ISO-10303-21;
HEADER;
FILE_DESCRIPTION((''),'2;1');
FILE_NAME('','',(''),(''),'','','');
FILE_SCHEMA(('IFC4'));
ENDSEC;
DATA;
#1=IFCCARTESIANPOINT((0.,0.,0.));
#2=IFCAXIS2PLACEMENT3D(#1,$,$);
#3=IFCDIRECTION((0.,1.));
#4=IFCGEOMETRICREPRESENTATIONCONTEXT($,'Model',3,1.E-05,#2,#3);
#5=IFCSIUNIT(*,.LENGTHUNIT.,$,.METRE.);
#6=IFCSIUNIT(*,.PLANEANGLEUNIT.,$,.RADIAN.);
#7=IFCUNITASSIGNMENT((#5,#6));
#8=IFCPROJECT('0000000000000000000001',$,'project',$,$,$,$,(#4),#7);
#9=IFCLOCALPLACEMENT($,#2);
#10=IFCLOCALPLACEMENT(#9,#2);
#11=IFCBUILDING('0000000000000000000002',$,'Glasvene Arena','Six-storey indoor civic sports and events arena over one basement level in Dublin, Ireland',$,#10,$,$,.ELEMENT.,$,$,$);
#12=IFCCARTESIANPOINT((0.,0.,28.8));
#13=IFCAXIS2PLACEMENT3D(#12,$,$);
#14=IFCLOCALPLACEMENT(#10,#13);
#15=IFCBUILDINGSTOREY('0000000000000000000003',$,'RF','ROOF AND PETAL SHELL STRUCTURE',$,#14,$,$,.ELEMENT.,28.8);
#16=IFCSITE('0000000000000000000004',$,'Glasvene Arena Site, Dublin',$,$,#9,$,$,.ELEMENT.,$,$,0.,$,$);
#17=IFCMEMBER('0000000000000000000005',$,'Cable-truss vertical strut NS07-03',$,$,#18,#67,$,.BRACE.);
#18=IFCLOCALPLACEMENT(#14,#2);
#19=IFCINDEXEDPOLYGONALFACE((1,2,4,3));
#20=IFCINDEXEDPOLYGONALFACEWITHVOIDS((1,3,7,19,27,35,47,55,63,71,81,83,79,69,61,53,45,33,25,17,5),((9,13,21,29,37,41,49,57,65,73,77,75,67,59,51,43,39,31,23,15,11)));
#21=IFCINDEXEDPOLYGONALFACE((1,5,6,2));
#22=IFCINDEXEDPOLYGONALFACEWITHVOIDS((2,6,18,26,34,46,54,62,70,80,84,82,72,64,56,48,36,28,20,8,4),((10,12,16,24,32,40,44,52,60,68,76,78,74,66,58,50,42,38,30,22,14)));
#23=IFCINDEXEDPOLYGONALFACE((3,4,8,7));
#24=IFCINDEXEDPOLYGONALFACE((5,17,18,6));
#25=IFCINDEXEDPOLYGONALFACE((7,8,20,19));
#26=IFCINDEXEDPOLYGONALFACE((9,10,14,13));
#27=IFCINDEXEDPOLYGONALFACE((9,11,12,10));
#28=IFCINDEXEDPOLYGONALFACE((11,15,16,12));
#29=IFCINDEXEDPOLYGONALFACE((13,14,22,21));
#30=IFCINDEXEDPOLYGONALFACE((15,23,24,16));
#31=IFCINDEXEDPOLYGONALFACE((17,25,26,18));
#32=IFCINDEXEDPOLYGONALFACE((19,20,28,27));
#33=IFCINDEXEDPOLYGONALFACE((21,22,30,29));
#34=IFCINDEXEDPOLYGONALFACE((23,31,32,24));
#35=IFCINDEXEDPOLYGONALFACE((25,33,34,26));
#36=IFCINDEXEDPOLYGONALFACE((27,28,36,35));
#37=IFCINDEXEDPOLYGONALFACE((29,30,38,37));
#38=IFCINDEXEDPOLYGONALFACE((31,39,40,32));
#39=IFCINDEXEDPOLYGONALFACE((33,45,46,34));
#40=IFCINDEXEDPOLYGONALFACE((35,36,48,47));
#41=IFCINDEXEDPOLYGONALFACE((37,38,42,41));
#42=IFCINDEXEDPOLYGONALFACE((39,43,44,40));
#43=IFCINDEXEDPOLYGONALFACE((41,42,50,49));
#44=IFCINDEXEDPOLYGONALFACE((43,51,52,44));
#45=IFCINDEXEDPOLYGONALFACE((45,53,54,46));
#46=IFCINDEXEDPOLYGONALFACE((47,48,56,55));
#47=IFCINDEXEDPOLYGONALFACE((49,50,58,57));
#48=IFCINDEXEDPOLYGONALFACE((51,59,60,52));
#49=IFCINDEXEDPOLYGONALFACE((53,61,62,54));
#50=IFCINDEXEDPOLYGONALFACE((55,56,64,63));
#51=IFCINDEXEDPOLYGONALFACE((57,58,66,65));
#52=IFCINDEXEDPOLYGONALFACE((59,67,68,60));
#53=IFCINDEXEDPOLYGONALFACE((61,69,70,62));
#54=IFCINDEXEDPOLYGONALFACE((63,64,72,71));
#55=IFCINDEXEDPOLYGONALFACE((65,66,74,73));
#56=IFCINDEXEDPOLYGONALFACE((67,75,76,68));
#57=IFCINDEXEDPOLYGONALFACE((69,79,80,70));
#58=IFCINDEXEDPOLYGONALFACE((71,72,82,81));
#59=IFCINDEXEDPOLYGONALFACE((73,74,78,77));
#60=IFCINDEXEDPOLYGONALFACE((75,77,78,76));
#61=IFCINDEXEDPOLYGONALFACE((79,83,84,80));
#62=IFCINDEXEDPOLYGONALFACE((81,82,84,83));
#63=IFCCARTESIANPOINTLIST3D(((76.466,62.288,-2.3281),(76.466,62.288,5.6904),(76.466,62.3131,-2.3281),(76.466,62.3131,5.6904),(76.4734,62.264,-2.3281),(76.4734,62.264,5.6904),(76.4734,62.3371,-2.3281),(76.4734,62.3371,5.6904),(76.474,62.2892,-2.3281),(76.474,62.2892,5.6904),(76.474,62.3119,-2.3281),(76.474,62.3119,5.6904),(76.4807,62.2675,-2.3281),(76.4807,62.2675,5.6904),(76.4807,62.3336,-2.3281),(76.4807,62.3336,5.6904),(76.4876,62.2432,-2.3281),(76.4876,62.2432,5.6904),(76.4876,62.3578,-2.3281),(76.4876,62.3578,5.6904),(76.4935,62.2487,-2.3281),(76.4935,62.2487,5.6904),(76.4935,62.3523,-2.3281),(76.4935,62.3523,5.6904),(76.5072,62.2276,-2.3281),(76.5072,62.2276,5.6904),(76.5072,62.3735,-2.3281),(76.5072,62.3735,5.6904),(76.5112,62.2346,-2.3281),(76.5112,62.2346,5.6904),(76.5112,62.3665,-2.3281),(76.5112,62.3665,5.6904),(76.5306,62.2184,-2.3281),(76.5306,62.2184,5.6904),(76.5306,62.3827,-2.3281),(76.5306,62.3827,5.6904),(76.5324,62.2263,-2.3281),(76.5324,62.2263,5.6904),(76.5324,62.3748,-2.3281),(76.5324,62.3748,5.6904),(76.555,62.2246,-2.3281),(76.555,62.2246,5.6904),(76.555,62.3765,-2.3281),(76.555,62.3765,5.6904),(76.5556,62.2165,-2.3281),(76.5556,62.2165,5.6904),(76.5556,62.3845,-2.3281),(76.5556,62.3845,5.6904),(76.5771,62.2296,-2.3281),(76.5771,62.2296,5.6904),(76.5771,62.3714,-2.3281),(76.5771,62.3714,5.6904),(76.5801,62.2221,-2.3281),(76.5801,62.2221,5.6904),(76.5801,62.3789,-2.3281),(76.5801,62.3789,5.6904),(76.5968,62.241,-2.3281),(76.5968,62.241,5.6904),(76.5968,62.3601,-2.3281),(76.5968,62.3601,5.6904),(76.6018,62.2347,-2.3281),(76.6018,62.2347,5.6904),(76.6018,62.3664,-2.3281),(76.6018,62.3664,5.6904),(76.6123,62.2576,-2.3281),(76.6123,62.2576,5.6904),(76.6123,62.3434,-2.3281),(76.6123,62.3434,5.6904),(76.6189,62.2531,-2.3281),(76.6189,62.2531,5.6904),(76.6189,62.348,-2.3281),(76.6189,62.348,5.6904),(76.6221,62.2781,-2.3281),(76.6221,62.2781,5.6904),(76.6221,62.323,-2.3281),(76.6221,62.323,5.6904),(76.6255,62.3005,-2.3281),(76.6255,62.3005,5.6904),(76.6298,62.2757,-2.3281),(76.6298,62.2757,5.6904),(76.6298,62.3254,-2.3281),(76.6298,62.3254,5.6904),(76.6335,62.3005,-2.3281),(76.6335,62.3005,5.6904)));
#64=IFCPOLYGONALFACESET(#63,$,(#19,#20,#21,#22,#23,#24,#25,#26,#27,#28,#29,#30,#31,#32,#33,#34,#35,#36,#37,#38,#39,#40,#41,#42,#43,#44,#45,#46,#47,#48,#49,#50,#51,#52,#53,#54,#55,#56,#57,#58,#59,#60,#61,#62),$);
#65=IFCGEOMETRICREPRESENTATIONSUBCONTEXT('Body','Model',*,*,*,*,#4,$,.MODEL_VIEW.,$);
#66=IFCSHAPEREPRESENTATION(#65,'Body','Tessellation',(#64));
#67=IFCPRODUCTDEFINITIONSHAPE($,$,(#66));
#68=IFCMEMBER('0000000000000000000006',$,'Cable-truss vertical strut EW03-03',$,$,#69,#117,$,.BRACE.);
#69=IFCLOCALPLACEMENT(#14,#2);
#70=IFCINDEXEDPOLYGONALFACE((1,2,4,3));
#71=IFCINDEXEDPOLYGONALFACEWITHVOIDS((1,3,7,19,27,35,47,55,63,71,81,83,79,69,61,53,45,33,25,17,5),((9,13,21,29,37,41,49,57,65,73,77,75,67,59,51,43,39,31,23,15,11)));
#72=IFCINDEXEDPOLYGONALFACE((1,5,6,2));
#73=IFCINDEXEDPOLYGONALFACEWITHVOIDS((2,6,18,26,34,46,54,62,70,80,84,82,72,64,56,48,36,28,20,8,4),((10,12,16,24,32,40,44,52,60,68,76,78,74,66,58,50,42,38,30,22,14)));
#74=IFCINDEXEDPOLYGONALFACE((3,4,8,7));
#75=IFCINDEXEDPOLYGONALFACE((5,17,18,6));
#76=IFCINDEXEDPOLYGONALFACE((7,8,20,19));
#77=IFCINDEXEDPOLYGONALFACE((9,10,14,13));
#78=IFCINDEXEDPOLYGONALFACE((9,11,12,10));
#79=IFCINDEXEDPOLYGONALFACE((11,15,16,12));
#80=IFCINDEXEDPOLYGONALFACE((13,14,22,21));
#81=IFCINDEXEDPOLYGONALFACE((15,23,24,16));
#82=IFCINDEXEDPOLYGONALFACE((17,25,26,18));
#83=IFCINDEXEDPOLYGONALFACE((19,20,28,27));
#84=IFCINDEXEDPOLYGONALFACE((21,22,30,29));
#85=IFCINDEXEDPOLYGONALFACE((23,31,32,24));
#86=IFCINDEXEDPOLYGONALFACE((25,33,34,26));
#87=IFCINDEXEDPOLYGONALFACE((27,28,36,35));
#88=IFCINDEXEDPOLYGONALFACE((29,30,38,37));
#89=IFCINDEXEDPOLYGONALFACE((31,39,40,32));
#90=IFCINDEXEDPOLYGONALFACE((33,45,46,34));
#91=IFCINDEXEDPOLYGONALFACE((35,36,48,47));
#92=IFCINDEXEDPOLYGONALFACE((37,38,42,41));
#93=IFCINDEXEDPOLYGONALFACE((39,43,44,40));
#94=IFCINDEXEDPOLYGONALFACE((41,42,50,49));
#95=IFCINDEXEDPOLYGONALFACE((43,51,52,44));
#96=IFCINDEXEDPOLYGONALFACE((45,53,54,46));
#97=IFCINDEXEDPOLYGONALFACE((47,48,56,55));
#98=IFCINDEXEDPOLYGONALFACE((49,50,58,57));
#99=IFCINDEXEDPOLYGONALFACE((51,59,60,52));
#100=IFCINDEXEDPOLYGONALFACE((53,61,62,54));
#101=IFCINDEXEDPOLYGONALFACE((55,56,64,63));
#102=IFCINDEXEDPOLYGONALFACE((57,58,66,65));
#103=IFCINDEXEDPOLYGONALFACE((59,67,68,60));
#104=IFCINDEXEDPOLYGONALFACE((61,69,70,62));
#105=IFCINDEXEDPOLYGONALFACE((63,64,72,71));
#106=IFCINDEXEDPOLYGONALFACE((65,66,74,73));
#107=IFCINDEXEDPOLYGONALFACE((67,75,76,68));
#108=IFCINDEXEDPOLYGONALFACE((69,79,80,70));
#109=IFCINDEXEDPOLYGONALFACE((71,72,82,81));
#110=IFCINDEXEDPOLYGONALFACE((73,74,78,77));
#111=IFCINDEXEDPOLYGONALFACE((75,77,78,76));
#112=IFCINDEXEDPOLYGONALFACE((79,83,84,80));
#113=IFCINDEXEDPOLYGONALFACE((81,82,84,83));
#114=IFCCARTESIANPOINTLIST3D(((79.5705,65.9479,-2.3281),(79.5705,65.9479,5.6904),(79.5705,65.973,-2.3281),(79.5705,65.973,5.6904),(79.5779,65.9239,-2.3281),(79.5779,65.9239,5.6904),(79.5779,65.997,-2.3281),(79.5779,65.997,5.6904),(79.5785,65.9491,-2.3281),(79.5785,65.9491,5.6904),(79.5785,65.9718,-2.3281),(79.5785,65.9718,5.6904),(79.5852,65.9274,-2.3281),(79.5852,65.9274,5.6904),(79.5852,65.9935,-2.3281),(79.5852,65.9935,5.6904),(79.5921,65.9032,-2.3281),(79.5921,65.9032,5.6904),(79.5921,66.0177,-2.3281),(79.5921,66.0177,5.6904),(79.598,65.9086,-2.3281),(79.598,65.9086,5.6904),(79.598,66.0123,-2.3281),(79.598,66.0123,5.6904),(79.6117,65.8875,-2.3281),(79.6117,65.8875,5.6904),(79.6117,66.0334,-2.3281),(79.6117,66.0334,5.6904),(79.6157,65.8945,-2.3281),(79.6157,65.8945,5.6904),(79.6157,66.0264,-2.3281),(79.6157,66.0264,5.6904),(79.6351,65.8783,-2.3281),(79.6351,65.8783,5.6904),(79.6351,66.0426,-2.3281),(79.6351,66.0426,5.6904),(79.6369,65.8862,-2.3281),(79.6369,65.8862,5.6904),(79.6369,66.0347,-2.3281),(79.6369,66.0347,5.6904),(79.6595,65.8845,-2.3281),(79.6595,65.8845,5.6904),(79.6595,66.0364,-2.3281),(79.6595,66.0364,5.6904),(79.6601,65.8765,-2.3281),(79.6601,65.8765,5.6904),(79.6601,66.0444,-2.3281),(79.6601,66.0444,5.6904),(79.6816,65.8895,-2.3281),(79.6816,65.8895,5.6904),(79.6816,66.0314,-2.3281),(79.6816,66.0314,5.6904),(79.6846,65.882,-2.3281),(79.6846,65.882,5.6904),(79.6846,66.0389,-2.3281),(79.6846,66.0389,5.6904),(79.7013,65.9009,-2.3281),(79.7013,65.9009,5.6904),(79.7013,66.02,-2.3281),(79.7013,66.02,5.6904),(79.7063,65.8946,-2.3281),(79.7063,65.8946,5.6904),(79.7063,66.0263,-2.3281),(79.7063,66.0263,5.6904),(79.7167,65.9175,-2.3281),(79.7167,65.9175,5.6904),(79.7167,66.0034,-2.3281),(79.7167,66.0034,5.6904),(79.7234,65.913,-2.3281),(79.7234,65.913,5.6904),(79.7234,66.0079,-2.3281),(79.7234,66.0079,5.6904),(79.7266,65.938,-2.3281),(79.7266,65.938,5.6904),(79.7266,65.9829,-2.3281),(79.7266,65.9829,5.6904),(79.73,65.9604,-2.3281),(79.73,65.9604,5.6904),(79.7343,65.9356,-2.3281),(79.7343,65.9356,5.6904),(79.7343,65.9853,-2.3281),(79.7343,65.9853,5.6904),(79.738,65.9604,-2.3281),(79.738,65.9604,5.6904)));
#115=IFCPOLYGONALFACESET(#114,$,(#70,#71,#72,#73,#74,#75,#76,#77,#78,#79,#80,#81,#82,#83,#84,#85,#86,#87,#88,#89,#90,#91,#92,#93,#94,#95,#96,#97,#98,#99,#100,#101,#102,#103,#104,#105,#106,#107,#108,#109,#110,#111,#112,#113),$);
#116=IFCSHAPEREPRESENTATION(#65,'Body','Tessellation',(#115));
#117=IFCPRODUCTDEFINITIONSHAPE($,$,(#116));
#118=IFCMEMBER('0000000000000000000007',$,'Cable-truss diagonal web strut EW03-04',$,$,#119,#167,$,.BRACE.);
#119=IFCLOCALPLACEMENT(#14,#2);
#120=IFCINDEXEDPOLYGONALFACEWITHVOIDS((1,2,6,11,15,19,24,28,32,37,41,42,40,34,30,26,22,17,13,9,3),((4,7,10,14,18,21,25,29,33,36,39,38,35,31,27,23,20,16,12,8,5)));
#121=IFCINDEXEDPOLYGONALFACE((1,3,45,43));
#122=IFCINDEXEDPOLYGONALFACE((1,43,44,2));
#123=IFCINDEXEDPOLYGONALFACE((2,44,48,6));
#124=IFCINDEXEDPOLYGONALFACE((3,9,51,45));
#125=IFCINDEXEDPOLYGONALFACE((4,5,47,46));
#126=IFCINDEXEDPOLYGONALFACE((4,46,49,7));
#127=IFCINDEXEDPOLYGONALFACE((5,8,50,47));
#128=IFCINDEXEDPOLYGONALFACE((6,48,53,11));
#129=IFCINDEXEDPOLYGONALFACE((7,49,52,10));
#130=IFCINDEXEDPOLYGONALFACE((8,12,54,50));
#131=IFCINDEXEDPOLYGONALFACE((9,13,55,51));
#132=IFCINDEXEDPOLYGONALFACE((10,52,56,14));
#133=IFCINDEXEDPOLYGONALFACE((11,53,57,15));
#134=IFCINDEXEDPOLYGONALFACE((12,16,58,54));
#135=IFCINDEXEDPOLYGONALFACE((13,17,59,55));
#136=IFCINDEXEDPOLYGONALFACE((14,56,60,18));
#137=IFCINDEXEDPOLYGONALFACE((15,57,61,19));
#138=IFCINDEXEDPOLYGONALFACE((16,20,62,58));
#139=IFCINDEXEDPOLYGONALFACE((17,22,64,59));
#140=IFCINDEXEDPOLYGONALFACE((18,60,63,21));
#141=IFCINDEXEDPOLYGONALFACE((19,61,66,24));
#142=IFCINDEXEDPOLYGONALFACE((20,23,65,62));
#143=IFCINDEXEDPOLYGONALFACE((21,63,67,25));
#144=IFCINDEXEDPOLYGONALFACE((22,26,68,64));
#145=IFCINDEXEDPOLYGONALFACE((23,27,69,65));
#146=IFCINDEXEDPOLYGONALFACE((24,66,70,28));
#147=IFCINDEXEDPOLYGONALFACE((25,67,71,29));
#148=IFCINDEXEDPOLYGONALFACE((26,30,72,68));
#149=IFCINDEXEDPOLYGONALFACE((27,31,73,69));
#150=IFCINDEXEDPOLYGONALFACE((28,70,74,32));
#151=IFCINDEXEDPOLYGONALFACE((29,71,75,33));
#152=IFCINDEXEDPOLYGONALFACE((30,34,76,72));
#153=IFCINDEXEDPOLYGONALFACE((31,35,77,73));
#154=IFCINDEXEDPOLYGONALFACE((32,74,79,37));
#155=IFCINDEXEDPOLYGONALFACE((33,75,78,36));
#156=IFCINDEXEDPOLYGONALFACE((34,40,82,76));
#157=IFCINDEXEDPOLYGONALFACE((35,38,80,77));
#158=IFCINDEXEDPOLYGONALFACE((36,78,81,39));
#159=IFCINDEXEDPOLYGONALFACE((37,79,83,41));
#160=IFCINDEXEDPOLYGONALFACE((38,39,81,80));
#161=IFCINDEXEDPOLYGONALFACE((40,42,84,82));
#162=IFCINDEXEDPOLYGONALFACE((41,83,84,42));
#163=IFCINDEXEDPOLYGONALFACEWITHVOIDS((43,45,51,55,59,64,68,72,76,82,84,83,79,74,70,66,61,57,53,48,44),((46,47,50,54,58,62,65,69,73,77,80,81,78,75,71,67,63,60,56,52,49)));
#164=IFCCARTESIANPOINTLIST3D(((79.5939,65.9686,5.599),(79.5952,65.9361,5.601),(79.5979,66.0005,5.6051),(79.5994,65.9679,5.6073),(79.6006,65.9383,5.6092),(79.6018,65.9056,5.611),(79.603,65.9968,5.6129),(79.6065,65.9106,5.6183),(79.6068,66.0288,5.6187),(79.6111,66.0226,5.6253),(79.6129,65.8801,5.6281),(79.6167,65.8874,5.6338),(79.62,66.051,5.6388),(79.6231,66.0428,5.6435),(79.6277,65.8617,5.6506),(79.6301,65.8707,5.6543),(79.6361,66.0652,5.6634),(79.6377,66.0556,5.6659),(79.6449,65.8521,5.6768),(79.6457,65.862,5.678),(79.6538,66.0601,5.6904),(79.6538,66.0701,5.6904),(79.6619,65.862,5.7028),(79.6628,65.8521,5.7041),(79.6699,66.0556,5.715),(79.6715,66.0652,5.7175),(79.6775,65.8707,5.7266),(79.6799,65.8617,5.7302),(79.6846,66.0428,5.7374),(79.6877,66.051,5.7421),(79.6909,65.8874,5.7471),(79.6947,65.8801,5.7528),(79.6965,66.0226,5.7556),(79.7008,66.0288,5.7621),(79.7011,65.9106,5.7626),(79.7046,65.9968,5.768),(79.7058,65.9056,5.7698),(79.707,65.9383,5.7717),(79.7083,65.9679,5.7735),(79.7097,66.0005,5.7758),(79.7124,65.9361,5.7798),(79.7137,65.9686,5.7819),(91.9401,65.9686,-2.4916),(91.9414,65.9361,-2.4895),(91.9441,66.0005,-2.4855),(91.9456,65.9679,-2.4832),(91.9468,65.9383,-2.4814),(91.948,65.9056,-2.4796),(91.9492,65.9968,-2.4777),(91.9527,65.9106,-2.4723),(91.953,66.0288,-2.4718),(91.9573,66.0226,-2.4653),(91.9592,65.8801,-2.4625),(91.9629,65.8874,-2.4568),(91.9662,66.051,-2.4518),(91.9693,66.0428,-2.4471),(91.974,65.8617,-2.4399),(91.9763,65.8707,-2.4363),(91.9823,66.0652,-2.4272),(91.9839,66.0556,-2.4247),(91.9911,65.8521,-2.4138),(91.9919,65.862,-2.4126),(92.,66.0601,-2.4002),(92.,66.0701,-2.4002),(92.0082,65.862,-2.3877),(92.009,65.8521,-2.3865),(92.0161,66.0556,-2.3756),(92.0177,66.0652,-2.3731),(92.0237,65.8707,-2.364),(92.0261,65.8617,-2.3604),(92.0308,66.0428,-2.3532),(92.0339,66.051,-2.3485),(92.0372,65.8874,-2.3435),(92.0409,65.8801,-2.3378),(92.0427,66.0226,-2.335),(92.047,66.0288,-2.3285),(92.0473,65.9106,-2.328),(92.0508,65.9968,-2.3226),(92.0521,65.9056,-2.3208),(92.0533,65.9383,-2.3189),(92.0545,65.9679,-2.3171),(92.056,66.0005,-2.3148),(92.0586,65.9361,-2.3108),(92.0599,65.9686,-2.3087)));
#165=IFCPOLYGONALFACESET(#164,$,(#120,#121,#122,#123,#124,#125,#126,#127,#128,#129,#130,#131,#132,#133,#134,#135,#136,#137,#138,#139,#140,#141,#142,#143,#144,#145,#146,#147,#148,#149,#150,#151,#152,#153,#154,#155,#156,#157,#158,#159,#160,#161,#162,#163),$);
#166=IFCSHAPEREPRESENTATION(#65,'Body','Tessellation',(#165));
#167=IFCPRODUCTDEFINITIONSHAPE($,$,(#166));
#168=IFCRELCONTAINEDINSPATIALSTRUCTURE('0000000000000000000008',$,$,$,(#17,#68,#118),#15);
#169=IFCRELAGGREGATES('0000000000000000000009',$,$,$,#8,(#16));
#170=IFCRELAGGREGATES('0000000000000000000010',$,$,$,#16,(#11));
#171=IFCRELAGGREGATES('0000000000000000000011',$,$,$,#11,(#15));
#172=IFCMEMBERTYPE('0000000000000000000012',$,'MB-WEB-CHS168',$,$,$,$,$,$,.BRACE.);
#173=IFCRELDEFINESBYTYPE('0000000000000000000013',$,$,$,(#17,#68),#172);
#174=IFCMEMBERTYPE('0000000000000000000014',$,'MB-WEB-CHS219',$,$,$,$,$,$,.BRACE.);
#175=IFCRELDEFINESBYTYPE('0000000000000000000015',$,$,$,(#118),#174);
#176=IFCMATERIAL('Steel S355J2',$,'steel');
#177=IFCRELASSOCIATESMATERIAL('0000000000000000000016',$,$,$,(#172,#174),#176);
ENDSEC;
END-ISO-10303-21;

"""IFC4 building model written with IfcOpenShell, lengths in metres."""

from ifc_helpers import new_model, si_unit, direction, frame, origin, origin_2d, place, context, subcontext, project, spatial, hollow_circle, extrude, material, material_profile, profile_set, type_object, element, save


model = new_model("IFC4")

# Units and contexts
model_context = context("Model", 3, precision=1e-05, world=origin(), true_north=direction((0.0, 1.0)))
body_context = subcontext(model_context, "Body", "Model", "MODEL_VIEW")
ifc_project = project(units=[si_unit("LENGTHUNIT", "METRE"), si_unit("PLANEANGLEUNIT", "RADIAN")], contexts=[model_context])

# Site, building, storey
site_placement = place(None, origin())
site = spatial("IfcSite", under=ifc_project, at=site_placement, Name="Glasvene Arena Site, Dublin", CompositionType="ELEMENT", RefElevation=0.0)
building_placement = place(site_placement, origin())
building = spatial("IfcBuilding", under=site, at=building_placement, Name="Glasvene Arena", Description="Six-storey indoor civic sports and events arena over one basement level in Dublin, Ireland", CompositionType="ELEMENT")
storey_placement = place(building_placement, frame((0.0, 0.0, 28.8)))
storey = spatial("IfcBuildingStorey", under=building, at=storey_placement, Name="RF", Description="ROOF AND PETAL SHELL STRUCTURE", CompositionType="ELEMENT", Elevation=28.8)

# Shared definitions
ifc_material_1 = material(Name="Steel S355J2", Category="steel")

# Members
ifc_material_profile_1 = material_profile(ifc_material_1, hollow_circle(Radius=0.0842, WallThickness=0.0081, at=origin_2d()), Name="CHS 168.3x8.0")
ifc_profile_set_1 = profile_set([ifc_material_profile_1], Name="Steel S355J2")
member_type_1 = type_object("IfcMemberType", Name="MB-WEB-CHS168", PredefinedType="BRACE", material=ifc_profile_set_1)
for number, where, z_axis, x_axis, name in (
    (1, (76.5493, 62.3005, -2.3281), (0.0, 0.0, 1.0), (1.0, 0.0, 0.0), "Cable-truss vertical strut NS07-03"),
    (2, (79.6538, 65.9604, -2.3281), (0.0, 0.0, 1.0), (1.0, 0.0, 0.0), "Cable-truss vertical strut EW03-03"),
):
    element("IfcMember", number, at=place(storey_placement, frame(where, z_axis=z_axis, x_axis=x_axis)), inside=storey, type_object=member_type_1, Name=name, PredefinedType="BRACE", context=body_context, shape_type="SweptSolid", body=[
        extrude(hollow_circle(Radius=0.0842, WallThickness=0.0081, at=origin_2d()), origin(), (0.0, 0.0, 1.0), 8.0186),
    ])
ifc_material_profile_2 = material_profile(ifc_material_1, hollow_circle(Radius=0.1096, WallThickness=0.01, at=origin_2d()), Name="CHS 219.1x10.0")
ifc_profile_set_2 = profile_set([ifc_material_profile_2], Name="Steel S355J2")
member_type_2 = type_object("IfcMemberType", Name="MB-WEB-CHS219", PredefinedType="BRACE", material=ifc_profile_set_2)
member_1_placement = place(storey_placement, frame((79.6538, 65.9604, 5.6904), z_axis=(0.836409, 0.0, -0.548106), x_axis=(0.0, 1.0, 0.0)))
element("IfcMember", 3, at=member_1_placement, inside=storey, type_object=member_type_2, Name="Cable-truss diagonal web strut EW03-04", PredefinedType="BRACE", context=body_context, shape_type="SweptSolid", body=[
    extrude(hollow_circle(Radius=0.1096, WallThickness=0.01, at=origin_2d()), origin(), (0.0, 0.0, 1.0), 14.761),
])

save(model, "model.ifc")
